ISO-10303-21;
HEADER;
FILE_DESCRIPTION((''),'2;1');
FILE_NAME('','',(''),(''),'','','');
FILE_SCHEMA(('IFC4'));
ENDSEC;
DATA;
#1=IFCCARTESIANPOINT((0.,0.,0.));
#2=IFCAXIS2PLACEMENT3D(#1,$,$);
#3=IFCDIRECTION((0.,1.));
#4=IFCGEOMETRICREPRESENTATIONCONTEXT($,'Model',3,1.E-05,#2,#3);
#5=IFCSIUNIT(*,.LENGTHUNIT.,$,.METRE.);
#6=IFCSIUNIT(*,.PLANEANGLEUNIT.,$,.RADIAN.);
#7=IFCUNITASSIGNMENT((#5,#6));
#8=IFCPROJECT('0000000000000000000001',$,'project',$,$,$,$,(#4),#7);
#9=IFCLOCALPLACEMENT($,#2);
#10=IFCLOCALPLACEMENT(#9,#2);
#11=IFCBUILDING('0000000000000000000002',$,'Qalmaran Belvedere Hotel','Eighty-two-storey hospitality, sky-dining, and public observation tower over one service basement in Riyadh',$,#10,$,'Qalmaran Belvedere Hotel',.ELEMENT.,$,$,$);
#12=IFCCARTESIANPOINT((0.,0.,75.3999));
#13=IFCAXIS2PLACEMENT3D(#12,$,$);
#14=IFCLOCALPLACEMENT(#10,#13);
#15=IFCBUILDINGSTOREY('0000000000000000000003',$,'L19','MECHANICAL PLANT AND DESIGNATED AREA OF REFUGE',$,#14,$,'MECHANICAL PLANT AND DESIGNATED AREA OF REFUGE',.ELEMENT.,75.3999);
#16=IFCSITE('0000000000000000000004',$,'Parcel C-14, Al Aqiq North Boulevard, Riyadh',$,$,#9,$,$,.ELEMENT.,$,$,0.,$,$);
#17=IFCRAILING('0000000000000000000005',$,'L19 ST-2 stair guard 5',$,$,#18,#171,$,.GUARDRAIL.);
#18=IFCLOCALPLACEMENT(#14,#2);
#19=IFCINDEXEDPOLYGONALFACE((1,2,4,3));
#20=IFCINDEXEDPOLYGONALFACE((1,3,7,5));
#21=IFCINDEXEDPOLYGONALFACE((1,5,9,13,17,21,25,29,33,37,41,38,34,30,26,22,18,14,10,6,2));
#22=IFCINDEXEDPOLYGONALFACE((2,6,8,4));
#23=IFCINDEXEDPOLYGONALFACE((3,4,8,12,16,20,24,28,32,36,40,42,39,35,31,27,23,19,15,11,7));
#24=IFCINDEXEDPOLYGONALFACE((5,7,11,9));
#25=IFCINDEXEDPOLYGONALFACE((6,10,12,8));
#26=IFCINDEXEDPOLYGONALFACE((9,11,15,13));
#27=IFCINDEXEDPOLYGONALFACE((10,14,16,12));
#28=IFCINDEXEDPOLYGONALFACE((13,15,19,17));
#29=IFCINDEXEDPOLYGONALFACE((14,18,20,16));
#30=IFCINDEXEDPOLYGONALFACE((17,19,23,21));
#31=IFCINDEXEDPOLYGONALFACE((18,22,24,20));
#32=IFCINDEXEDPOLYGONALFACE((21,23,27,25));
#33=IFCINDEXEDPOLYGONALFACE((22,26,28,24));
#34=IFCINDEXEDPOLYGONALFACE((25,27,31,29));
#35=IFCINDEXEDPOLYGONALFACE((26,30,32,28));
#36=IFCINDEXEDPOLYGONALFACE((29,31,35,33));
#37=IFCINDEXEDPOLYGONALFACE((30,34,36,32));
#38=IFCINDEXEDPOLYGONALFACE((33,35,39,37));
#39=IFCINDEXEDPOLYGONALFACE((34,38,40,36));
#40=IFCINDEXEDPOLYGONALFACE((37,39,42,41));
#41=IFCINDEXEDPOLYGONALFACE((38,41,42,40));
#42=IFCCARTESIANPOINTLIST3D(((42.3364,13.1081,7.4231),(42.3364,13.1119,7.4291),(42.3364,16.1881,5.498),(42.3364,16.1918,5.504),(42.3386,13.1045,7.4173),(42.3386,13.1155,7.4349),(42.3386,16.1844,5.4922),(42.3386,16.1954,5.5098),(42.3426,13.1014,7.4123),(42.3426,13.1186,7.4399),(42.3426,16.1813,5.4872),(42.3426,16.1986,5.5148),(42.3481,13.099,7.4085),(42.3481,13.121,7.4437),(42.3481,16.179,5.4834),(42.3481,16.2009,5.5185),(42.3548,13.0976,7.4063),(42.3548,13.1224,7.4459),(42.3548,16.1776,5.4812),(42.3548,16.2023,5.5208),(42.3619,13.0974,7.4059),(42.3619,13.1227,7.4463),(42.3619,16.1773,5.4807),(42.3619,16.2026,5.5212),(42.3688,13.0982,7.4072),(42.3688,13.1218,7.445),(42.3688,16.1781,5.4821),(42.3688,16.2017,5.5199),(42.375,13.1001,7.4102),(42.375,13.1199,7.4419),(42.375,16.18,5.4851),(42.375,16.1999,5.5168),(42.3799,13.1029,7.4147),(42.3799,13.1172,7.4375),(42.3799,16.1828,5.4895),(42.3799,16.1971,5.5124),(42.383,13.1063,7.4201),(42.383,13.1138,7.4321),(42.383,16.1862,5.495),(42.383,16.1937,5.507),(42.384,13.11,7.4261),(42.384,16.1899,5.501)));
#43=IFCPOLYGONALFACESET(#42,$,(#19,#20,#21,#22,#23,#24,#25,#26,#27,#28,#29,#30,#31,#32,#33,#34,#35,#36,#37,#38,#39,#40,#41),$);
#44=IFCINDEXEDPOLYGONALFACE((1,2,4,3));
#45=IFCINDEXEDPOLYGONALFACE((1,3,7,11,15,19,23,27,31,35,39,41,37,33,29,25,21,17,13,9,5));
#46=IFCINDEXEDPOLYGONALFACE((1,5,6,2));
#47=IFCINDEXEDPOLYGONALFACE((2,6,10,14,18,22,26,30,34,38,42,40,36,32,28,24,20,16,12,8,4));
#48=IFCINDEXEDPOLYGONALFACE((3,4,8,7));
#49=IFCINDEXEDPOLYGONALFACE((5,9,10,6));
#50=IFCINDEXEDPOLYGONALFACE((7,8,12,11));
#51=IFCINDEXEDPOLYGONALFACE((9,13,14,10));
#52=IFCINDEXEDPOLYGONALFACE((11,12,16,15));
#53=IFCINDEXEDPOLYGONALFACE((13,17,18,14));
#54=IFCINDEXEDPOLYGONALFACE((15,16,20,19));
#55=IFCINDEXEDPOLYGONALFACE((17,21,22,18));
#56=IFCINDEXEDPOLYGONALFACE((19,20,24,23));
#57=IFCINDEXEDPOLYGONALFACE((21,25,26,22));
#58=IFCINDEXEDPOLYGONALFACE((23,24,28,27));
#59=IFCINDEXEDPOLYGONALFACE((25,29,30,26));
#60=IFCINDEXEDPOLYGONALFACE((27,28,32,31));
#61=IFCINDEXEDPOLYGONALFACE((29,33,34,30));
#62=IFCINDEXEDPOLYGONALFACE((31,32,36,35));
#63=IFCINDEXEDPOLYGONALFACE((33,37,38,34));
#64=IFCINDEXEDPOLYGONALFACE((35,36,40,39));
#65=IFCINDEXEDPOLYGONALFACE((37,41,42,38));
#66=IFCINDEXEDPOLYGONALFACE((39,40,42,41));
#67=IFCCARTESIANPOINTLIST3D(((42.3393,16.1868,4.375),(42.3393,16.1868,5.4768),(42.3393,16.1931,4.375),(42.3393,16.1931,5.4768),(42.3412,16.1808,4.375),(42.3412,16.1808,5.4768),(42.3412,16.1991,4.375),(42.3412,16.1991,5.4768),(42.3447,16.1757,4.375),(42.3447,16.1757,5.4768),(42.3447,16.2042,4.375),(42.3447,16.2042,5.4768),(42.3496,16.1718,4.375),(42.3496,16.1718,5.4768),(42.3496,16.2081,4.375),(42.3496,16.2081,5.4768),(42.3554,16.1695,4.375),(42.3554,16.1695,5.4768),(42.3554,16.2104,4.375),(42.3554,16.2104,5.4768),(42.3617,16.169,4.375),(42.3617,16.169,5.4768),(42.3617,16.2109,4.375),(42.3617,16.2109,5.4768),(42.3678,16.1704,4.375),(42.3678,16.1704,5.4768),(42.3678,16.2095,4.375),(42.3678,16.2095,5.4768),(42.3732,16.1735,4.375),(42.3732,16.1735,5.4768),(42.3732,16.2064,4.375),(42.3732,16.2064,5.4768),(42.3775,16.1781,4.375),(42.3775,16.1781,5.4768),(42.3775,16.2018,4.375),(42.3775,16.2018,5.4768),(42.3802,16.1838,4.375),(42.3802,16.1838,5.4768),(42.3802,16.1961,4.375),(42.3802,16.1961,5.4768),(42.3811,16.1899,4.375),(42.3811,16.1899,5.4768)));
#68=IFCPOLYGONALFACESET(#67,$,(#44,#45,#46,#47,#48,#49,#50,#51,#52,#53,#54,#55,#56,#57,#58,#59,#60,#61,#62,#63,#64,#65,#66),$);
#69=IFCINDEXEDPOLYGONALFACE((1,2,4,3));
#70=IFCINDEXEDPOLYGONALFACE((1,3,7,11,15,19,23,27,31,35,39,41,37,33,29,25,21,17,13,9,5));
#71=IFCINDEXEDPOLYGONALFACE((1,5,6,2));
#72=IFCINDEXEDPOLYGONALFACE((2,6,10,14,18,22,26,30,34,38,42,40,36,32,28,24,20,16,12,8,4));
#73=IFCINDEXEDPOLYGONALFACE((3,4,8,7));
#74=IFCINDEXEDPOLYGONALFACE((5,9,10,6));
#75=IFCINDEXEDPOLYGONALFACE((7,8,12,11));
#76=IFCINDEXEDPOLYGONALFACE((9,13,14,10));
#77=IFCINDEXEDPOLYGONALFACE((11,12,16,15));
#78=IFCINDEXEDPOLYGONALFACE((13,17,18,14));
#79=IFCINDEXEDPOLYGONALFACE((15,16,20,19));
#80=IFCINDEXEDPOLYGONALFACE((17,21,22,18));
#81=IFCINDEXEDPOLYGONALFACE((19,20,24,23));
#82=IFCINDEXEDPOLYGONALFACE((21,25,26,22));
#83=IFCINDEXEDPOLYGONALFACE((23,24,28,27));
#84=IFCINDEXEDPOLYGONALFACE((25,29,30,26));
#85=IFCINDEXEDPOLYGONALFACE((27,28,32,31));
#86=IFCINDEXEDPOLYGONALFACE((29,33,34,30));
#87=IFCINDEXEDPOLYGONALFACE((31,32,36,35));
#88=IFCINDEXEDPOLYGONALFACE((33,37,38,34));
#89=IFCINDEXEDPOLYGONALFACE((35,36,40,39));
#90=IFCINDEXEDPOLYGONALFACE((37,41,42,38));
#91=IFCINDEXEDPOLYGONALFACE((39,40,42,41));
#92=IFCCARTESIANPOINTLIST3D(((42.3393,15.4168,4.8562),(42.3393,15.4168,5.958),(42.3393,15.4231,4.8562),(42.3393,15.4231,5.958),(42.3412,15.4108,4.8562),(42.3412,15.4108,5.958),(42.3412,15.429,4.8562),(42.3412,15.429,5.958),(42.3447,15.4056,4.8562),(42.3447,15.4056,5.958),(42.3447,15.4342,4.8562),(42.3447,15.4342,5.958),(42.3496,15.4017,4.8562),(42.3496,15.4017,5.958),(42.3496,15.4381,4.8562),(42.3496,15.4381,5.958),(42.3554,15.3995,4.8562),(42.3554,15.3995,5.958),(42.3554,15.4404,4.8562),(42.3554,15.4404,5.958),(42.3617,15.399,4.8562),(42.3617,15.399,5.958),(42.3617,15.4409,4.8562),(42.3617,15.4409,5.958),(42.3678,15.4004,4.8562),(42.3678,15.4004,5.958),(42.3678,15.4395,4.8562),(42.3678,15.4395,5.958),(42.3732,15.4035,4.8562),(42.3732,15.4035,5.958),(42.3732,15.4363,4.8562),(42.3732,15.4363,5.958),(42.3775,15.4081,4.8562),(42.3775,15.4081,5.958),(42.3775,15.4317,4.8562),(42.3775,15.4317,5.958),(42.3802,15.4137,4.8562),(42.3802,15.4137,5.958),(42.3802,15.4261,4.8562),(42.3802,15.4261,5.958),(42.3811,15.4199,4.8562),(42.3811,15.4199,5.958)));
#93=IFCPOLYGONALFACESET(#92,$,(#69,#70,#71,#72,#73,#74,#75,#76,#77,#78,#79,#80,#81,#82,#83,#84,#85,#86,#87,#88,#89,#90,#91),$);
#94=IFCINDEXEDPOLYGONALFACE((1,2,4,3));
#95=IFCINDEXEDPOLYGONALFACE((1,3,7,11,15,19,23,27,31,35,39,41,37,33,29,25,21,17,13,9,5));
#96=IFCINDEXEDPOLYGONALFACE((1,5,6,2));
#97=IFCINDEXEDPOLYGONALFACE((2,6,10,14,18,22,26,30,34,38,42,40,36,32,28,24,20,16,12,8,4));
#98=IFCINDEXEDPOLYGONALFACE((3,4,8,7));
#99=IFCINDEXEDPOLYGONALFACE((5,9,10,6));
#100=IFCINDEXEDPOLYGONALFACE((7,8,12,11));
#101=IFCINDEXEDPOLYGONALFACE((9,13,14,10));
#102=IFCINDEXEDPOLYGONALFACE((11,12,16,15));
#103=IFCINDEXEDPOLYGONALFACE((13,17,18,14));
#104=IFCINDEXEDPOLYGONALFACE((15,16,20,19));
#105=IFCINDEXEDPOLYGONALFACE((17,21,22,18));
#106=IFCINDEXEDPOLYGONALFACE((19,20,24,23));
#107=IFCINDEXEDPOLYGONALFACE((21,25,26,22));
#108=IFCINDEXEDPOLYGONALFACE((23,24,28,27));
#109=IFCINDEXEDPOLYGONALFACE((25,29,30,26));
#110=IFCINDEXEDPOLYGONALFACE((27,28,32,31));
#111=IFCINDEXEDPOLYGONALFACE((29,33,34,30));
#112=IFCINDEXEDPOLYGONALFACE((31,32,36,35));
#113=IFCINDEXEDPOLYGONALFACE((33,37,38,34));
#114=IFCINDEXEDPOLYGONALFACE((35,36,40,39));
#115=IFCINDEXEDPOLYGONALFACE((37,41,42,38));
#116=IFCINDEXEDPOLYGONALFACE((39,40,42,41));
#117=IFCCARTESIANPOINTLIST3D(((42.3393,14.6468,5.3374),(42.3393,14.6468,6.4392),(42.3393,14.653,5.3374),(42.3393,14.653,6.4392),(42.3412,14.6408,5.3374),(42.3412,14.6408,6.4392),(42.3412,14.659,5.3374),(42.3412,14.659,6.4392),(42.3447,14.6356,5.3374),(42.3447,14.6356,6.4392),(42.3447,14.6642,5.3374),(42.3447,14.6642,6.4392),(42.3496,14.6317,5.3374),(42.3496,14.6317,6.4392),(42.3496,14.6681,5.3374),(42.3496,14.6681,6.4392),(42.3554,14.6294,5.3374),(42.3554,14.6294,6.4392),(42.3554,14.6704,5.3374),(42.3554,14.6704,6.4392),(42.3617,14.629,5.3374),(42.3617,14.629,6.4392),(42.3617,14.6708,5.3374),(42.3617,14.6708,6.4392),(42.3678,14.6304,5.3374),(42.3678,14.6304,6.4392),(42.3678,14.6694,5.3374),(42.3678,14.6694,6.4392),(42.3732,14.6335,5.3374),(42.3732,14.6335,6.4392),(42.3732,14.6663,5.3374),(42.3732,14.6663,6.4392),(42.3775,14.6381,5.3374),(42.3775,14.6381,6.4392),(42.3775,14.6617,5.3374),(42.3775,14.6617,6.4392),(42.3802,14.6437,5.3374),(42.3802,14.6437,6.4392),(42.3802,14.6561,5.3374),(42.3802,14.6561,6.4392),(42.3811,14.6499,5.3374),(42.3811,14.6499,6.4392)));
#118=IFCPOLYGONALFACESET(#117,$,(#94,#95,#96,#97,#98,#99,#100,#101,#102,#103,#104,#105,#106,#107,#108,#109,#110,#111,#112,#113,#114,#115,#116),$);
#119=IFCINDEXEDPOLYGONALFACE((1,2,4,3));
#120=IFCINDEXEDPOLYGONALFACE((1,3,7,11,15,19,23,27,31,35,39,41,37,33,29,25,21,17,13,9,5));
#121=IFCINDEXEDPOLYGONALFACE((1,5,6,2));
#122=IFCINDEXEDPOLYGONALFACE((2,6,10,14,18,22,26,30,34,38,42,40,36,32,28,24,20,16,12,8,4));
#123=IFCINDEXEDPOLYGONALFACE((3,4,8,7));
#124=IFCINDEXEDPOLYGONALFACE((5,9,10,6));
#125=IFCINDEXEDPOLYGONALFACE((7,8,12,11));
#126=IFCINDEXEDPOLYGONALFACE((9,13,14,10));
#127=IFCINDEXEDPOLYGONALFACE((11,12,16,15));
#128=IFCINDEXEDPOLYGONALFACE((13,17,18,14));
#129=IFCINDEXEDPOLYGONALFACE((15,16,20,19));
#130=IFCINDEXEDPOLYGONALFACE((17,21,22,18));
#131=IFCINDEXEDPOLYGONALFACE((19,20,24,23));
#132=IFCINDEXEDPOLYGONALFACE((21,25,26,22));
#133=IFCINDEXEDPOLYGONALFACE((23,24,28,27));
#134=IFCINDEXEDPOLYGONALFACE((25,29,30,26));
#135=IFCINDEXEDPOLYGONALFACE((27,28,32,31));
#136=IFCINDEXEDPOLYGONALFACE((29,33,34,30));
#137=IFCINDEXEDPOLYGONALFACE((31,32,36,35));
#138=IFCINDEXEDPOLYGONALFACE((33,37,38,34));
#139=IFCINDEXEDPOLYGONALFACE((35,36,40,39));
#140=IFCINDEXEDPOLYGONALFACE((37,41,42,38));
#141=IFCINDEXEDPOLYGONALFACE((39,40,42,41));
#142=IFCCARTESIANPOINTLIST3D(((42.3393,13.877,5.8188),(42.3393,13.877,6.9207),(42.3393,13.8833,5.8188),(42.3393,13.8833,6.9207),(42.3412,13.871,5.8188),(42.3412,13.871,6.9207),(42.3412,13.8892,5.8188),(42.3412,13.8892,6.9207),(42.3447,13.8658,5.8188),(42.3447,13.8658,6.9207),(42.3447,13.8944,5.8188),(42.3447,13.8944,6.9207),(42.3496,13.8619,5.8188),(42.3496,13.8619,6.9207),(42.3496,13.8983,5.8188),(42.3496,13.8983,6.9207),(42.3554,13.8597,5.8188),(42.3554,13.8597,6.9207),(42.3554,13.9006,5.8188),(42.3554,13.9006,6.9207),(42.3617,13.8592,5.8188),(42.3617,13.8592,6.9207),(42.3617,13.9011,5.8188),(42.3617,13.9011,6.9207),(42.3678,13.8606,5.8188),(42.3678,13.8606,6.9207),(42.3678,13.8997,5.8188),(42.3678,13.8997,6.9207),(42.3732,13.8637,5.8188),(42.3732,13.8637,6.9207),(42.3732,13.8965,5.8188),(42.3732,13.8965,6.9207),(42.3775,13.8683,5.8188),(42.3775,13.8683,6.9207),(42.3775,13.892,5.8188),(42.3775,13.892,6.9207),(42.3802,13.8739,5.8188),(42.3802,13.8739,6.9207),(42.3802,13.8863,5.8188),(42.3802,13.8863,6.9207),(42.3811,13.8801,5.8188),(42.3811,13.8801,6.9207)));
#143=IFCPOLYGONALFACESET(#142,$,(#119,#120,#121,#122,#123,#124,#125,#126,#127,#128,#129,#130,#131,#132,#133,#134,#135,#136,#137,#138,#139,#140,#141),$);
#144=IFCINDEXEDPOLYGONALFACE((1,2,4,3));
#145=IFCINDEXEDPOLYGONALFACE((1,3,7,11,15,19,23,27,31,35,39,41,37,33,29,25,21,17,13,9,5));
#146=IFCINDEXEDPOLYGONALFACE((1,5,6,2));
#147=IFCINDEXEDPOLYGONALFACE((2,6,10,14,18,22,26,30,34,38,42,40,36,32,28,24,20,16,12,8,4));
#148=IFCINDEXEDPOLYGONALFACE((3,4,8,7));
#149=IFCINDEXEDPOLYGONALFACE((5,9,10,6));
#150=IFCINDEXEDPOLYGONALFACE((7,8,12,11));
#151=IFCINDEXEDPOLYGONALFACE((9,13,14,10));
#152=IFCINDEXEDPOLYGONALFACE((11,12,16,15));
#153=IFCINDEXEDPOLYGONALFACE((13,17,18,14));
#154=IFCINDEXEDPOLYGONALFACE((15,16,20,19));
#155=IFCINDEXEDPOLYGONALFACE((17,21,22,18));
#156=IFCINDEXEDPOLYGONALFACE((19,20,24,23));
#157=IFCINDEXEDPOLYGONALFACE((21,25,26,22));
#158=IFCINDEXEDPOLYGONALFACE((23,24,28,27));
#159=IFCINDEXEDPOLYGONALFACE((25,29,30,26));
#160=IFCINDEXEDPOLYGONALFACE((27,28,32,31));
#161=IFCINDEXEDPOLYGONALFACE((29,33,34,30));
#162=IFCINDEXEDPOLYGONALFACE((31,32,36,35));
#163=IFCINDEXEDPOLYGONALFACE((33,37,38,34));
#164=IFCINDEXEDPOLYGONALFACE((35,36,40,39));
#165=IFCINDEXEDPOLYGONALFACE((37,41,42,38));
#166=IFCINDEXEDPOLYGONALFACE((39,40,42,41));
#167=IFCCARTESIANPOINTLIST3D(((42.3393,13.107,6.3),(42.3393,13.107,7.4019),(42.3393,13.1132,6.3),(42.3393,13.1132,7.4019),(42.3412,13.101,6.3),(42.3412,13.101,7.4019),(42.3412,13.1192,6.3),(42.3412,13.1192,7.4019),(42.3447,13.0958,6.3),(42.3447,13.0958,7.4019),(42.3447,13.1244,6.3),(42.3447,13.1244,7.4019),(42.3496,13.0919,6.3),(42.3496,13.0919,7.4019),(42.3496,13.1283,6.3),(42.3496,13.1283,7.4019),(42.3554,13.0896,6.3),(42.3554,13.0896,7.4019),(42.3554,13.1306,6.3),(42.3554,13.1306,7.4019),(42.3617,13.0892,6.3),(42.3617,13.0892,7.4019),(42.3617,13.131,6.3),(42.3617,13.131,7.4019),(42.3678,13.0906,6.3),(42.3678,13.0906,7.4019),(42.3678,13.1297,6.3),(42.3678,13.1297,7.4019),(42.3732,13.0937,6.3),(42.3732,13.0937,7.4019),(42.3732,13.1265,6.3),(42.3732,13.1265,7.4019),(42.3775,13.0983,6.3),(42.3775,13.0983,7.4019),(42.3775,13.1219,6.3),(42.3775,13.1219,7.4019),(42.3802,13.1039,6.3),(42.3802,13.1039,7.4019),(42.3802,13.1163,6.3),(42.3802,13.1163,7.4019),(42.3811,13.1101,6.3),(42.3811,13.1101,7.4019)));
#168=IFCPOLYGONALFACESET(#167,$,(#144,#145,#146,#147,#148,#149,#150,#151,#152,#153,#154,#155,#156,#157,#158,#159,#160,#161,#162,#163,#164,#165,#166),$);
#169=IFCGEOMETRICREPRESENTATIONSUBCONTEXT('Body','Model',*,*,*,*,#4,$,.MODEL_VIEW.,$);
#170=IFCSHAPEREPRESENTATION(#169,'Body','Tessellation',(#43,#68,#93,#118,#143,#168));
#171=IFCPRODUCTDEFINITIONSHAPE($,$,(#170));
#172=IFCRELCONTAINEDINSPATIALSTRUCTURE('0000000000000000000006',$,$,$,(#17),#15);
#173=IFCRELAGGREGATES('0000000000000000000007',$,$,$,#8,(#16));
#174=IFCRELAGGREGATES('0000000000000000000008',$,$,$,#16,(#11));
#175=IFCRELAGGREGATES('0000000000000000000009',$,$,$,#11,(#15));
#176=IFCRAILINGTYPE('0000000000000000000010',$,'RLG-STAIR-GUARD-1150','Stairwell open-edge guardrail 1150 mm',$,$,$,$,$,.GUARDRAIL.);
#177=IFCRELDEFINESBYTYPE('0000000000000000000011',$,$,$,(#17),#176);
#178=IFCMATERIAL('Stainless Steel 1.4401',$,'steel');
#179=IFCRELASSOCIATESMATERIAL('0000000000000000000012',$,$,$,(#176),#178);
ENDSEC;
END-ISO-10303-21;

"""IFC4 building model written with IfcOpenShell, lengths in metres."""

from ifc_helpers import new_model, si_unit, direction, frame, origin, origin_2d, place, context, subcontext, project, spatial, circle, extrude, material, type_object, element, save


model = new_model("IFC4")

# Units and contexts
model_context = context("Model", 3, precision=1e-05, world=origin(), true_north=direction((0.0, 1.0)))
body_context = subcontext(model_context, "Body", "Model", "MODEL_VIEW")
ifc_project = project(units=[si_unit("LENGTHUNIT", "METRE"), si_unit("PLANEANGLEUNIT", "RADIAN")], contexts=[model_context])

# Site, building, storey
site_placement = place(None, origin())
site = spatial("IfcSite", under=ifc_project, at=site_placement, Name="Parcel C-14, Al Aqiq North Boulevard, Riyadh", CompositionType="ELEMENT", RefElevation=0.0)
building_placement = place(site_placement, origin())
building = spatial("IfcBuilding", under=site, at=building_placement, Name="Qalmaran Belvedere Hotel", Description="Eighty-two-storey hospitality, sky-dining, and public observation tower over one service basement in Riyadh", LongName="Qalmaran Belvedere Hotel", CompositionType="ELEMENT")
storey_placement = place(building_placement, frame((0.0, 0.0, 75.3999)))
storey = spatial("IfcBuildingStorey", under=building, at=storey_placement, Name="L19", Description="MECHANICAL PLANT AND DESIGNATED AREA OF REFUGE", LongName="MECHANICAL PLANT AND DESIGNATED AREA OF REFUGE", CompositionType="ELEMENT", Elevation=75.3999)

# Railing
ifc_material_1 = material(Name="Stainless Steel 1.4401", Category="steel")
railing_type_1 = type_object("IfcRailingType", Name="RLG-STAIR-GUARD-1150", Description="Stairwell open-edge guardrail 1150 mm", PredefinedType="GUARDRAIL", material=ifc_material_1)
railing_1_placement = place(storey_placement, frame((42.3601, 16.1899, 4.375)))
element("IfcRailing", 1, at=railing_1_placement, inside=storey, type_object=railing_type_1, Name="L19 ST-2 stair guard 5", PredefinedType="GUARDRAIL", context=body_context, shape_type="SweptSolid", body=[
    extrude(circle(Radius=0.0239, at=origin_2d()), frame((0.0, 0.0, 1.126), z_axis=(0.0, -0.847979, 0.530029), x_axis=(1.0, 0.0, 0.0)), (0.0, 0.0, 1.0), 3.6321),
    extrude(circle(Radius=0.021, at=origin_2d()), origin(), (0.0, 0.0, 1.0), 1.1018),
    extrude(circle(Radius=0.021, at=origin_2d()), frame((0.0, -0.77, 0.4812)), (0.0, 0.0, 1.0), 1.1018),
    extrude(circle(Radius=0.021, at=origin_2d()), frame((0.0, -1.54, 0.9624)), (0.0, 0.0, 1.0), 1.1018),
    extrude(circle(Radius=0.021, at=origin_2d()), frame((0.0, -2.3098, 1.4438)), (0.0, 0.0, 1.0), 1.1018),
    extrude(circle(Radius=0.021, at=origin_2d()), frame((0.0, -3.0798, 1.925)), (0.0, 0.0, 1.0), 1.1018),
])

save(model, "model.ifc")
